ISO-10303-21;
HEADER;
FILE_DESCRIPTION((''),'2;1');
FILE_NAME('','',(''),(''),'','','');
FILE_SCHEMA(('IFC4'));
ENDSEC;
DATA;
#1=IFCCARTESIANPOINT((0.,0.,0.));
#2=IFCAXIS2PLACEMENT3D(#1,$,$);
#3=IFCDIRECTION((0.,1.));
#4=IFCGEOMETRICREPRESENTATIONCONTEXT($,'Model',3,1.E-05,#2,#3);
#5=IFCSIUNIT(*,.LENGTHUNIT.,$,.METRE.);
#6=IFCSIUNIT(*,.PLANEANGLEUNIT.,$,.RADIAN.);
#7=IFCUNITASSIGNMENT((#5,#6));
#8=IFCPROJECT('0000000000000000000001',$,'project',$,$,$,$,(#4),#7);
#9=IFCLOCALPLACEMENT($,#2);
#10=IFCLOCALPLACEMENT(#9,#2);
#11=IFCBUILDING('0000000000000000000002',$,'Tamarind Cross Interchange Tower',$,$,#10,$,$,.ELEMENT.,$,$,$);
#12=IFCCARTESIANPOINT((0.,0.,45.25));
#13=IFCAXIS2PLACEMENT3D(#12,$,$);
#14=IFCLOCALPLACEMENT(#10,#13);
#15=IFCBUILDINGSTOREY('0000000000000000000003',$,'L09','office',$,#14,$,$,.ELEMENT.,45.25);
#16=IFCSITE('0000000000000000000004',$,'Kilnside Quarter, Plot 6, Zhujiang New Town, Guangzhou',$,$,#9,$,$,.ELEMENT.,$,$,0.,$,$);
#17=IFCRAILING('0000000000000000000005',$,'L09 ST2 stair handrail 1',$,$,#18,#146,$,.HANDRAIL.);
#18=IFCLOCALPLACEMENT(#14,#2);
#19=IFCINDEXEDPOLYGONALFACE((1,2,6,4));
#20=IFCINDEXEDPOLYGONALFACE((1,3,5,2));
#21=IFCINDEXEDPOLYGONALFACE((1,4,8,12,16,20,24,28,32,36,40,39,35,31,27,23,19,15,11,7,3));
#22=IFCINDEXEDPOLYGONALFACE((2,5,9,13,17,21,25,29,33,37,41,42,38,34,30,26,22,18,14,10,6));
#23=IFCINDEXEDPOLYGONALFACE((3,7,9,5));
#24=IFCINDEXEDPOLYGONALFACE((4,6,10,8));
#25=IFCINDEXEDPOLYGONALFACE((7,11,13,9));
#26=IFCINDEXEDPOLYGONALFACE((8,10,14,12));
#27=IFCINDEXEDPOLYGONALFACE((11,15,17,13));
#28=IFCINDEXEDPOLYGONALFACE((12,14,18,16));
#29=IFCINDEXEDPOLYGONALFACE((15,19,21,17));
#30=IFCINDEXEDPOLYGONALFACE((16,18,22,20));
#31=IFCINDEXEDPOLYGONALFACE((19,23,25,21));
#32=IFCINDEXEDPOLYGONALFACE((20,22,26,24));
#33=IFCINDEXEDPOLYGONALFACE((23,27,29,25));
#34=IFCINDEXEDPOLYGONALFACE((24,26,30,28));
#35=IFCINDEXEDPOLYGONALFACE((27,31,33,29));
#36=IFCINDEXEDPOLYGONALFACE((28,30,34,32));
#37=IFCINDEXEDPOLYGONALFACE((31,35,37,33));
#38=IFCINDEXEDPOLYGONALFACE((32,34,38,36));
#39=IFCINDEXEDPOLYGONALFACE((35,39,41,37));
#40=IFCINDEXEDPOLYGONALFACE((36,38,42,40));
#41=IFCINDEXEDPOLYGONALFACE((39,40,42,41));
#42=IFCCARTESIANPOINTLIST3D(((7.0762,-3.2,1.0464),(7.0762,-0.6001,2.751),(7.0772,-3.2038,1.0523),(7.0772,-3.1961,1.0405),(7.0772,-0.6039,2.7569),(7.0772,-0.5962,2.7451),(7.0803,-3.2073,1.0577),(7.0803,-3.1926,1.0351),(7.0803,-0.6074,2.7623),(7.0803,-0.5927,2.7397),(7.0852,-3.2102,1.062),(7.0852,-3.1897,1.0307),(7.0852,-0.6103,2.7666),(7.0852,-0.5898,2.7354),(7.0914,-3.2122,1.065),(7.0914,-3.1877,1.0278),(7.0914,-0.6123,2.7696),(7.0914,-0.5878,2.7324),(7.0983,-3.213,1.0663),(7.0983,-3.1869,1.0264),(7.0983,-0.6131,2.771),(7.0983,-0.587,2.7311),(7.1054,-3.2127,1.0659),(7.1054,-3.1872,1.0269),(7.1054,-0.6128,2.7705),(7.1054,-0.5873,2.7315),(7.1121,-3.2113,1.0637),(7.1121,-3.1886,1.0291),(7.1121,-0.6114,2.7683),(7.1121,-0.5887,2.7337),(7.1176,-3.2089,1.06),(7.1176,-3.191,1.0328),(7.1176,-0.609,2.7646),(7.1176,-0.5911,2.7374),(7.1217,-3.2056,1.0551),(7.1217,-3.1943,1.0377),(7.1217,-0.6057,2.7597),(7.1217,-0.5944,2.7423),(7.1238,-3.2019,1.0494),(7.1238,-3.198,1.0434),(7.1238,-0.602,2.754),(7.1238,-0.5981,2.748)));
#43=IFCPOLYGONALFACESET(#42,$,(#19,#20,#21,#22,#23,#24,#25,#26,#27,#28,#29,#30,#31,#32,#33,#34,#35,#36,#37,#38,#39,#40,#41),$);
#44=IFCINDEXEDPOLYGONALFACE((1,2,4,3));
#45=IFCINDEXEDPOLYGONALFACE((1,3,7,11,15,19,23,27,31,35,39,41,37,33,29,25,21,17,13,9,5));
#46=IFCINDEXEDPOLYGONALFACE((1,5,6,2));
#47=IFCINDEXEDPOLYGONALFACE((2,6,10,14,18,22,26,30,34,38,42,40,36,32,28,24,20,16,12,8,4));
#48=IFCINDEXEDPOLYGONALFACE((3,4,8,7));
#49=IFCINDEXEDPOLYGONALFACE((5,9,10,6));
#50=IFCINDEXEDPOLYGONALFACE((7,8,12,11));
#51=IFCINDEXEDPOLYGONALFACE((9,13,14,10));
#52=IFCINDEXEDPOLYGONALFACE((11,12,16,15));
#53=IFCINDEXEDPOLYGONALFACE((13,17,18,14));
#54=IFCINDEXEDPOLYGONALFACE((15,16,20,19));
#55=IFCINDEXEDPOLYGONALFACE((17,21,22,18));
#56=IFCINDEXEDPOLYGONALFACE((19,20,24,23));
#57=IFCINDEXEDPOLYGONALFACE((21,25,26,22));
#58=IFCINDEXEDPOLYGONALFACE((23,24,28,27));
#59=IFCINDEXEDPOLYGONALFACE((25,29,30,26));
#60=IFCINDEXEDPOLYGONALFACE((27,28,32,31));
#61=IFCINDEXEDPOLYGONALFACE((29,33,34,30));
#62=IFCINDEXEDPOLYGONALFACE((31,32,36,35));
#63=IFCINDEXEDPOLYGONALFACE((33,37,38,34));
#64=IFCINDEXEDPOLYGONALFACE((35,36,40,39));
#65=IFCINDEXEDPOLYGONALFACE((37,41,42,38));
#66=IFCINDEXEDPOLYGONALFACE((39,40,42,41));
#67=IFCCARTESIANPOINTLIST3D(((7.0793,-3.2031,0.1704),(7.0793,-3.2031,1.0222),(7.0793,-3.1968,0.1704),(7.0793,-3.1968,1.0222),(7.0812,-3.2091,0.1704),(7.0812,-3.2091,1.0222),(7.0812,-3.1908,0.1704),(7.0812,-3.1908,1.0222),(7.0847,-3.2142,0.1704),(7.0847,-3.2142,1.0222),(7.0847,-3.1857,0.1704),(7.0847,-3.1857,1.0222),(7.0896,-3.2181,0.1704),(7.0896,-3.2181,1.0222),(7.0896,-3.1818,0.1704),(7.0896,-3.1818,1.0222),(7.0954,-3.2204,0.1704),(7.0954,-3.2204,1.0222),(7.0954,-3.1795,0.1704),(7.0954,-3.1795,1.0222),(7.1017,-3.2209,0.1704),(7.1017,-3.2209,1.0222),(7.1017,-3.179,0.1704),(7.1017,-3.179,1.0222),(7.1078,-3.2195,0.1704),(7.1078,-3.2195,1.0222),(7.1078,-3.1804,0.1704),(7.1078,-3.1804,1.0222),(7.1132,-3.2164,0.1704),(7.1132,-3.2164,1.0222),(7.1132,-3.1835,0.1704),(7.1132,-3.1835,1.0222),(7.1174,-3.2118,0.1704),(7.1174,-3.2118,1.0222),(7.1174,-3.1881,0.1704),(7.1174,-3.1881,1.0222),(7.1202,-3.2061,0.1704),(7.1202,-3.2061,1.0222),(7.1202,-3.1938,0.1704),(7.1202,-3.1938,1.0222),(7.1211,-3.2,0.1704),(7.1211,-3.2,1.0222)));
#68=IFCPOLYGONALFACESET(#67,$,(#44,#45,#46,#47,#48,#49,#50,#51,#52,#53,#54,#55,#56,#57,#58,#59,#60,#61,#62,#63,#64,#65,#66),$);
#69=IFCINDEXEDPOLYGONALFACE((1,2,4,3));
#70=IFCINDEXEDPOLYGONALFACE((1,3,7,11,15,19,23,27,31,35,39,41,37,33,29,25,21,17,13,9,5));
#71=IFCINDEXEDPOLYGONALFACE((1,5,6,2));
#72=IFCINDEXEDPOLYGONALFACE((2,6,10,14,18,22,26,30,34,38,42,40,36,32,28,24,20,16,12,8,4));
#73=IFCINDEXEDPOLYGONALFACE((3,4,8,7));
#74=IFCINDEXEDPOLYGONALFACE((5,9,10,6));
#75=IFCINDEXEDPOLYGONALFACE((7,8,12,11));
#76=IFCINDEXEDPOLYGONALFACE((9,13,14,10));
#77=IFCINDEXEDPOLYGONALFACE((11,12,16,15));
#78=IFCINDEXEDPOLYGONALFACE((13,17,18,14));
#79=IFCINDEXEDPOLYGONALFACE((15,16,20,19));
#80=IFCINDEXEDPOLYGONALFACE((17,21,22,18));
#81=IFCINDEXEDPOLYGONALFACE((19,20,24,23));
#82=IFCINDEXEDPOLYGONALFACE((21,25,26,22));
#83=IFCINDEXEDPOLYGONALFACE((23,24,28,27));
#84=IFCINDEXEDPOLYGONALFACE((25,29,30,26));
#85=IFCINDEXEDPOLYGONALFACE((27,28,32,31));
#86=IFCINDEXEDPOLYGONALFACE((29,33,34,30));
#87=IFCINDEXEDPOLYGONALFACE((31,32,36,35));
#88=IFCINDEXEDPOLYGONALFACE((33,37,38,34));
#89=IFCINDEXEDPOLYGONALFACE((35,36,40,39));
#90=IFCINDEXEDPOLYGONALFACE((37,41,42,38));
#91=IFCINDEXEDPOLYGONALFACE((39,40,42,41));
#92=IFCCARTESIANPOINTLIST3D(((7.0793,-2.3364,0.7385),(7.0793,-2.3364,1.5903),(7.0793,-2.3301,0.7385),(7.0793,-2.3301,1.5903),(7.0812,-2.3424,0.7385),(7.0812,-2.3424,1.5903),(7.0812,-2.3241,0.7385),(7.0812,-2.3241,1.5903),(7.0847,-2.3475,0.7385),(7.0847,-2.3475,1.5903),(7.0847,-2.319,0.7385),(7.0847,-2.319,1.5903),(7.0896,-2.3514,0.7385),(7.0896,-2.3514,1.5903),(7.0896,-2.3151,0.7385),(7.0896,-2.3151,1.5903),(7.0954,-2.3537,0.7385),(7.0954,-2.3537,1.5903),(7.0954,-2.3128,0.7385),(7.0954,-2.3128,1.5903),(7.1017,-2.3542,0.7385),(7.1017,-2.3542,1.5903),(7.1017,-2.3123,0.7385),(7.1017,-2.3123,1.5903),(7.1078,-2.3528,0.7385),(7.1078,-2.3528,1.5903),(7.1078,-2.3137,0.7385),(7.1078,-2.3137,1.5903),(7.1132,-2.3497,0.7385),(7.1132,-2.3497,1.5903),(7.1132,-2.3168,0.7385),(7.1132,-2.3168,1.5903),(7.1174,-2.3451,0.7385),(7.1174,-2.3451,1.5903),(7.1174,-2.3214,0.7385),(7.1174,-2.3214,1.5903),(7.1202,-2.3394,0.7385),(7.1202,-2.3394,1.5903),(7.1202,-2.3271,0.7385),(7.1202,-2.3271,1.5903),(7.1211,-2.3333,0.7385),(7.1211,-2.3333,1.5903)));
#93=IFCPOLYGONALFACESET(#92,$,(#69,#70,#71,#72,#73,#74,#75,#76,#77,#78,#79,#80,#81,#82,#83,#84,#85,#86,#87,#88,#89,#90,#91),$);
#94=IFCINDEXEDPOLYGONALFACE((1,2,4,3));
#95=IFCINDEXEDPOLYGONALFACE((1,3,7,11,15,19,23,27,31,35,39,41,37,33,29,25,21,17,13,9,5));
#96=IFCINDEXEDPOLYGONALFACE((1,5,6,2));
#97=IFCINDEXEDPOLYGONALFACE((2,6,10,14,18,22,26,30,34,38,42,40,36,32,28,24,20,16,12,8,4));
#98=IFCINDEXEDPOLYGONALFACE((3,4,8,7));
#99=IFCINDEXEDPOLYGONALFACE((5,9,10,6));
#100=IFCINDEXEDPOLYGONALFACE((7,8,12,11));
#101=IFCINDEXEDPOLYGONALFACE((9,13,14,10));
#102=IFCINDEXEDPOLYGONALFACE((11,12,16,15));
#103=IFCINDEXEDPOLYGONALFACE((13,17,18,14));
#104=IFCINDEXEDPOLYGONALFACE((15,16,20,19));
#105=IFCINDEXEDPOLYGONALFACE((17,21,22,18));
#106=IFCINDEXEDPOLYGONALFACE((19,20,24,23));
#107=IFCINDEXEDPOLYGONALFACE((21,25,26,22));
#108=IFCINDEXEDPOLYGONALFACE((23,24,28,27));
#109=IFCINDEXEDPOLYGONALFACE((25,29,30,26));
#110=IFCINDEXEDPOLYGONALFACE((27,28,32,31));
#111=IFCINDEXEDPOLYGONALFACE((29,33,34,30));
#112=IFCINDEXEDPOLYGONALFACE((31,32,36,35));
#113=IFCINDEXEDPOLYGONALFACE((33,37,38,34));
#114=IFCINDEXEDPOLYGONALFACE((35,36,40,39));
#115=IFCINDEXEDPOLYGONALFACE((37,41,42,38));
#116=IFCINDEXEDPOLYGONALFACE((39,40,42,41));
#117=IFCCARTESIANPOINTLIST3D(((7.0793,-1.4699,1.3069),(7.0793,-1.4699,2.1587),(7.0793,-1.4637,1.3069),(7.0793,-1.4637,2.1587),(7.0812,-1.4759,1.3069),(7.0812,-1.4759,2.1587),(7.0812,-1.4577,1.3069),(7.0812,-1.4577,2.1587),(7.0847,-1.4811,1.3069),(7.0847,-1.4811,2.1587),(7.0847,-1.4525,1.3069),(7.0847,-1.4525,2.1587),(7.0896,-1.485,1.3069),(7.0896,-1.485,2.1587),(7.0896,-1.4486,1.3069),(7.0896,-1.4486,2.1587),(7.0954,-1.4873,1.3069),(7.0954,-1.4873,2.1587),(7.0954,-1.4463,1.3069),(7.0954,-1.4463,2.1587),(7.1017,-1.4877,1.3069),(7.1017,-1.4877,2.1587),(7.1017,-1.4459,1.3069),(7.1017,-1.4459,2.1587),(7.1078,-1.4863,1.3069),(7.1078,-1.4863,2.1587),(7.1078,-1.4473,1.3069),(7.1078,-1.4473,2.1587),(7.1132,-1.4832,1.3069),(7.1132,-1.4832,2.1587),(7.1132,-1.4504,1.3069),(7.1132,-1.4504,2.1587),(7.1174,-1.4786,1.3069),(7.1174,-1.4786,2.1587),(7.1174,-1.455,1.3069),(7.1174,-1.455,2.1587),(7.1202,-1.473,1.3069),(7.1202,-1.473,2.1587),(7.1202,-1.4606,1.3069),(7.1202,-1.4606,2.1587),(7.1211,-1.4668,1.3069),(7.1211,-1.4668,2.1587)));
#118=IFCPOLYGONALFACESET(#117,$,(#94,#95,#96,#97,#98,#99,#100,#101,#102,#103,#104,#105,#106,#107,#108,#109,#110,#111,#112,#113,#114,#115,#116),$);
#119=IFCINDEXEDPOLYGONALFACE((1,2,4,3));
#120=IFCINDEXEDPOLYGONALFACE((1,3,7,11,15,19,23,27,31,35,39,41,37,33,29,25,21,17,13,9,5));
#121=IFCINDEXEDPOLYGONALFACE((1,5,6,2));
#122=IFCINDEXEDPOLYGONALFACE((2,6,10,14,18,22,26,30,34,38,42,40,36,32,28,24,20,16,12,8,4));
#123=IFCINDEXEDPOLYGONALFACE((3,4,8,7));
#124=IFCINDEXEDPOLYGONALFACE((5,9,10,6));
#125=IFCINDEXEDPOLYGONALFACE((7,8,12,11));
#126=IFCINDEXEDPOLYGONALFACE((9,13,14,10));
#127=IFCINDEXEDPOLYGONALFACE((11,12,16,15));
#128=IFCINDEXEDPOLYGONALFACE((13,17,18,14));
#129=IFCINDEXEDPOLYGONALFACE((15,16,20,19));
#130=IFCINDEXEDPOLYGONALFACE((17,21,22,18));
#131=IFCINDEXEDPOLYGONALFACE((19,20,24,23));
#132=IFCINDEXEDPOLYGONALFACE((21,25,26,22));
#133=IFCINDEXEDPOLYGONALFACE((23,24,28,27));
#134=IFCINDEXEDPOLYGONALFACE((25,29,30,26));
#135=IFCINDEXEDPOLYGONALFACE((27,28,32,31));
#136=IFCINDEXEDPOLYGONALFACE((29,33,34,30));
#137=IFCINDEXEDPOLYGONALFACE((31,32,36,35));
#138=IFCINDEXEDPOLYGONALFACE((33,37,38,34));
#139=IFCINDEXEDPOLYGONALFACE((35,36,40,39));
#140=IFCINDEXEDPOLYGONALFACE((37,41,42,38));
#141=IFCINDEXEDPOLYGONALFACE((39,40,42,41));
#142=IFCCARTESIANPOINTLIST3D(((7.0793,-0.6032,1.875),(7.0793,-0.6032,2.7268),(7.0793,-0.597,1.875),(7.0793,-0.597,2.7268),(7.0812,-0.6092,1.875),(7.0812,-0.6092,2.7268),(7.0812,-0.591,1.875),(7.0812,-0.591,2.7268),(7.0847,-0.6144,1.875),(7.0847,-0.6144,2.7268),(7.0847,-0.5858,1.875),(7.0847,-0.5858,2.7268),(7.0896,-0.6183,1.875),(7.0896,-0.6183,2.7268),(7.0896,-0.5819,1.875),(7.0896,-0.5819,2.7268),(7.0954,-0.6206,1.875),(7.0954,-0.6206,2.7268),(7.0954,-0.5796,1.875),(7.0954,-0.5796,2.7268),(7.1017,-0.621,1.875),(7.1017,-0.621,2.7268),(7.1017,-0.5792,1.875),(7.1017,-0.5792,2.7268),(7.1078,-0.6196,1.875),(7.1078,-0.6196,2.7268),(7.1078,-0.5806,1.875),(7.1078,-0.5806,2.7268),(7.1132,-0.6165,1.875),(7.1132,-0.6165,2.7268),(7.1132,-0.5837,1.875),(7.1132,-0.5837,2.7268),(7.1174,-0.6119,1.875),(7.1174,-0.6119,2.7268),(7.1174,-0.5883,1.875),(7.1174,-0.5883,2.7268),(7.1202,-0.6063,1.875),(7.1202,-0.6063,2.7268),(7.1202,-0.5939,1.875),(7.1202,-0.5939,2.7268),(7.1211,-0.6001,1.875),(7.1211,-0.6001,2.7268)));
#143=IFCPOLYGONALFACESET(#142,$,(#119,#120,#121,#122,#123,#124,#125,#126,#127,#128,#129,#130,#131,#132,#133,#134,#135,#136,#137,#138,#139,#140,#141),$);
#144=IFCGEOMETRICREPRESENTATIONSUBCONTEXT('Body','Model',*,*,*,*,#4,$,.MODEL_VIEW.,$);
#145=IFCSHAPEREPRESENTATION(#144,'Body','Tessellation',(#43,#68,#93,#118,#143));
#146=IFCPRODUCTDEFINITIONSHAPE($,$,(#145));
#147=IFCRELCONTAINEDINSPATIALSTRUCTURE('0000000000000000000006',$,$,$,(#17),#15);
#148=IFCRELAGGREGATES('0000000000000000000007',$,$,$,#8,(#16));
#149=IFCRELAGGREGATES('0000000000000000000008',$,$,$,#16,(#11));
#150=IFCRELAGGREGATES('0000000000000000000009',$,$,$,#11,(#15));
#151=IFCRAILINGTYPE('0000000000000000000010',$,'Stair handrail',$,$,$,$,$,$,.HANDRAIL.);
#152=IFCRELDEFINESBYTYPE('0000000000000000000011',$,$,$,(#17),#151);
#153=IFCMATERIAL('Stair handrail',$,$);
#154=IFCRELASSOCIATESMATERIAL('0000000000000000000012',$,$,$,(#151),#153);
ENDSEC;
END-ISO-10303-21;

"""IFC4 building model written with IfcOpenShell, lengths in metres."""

from ifc_helpers import new_model, si_unit, direction, frame, origin, origin_2d, place, context, subcontext, project, spatial, circle, extrude, material, type_object, element, save


model = new_model("IFC4")

# Units and contexts
model_context = context("Model", 3, precision=1e-05, world=origin(), true_north=direction((0.0, 1.0)))
body_context = subcontext(model_context, "Body", "Model", "MODEL_VIEW")
ifc_project = project(units=[si_unit("LENGTHUNIT", "METRE"), si_unit("PLANEANGLEUNIT", "RADIAN")], contexts=[model_context])

# Site, building, storey
site_placement = place(None, origin())
site = spatial("IfcSite", under=ifc_project, at=site_placement, Name="Kilnside Quarter, Plot 6, Zhujiang New Town, Guangzhou", CompositionType="ELEMENT", RefElevation=0.0)
building_placement = place(site_placement, origin())
building = spatial("IfcBuilding", under=site, at=building_placement, Name="Tamarind Cross Interchange Tower", CompositionType="ELEMENT")
storey_placement = place(building_placement, frame((0.0, 0.0, 45.25)))
storey = spatial("IfcBuildingStorey", under=building, at=storey_placement, Name="L09", Description="office", CompositionType="ELEMENT", Elevation=45.25)

# Railing
ifc_material_1 = material(Name="Stair handrail")
railing_type_1 = type_object("IfcRailingType", Name="Stair handrail", PredefinedType="HANDRAIL", material=ifc_material_1)
railing_1_placement = place(storey_placement, frame((7.1001, -3.2, 0.1704)))
element("IfcRailing", 1, at=railing_1_placement, inside=storey, type_object=railing_type_1, Name="L09 ST2 stair handrail 1", PredefinedType="HANDRAIL", context=body_context, shape_type="SweptSolid", body=[
    extrude(circle(Radius=0.0239, at=origin_2d()), frame((0.0, 0.0, 0.876), z_axis=(0.0, 0.836279, 0.548305), x_axis=(-1.0, 0.0, 0.0)), (0.0, 0.0, 1.0), 3.1089),
    extrude(circle(Radius=0.021, at=origin_2d()), origin(), (0.0, 0.0, 1.0), 0.8518),
    extrude(circle(Radius=0.021, at=origin_2d()), frame((0.0, 0.8667, 0.5681)), (0.0, 0.0, 1.0), 0.8518),
    extrude(circle(Radius=0.021, at=origin_2d()), frame((0.0, 1.7332, 1.1365)), (0.0, 0.0, 1.0), 0.8518),
    extrude(circle(Radius=0.021, at=origin_2d()), frame((0.0, 2.5999, 1.7046)), (0.0, 0.0, 1.0), 0.8518),
])

save(model, "model.ifc")
